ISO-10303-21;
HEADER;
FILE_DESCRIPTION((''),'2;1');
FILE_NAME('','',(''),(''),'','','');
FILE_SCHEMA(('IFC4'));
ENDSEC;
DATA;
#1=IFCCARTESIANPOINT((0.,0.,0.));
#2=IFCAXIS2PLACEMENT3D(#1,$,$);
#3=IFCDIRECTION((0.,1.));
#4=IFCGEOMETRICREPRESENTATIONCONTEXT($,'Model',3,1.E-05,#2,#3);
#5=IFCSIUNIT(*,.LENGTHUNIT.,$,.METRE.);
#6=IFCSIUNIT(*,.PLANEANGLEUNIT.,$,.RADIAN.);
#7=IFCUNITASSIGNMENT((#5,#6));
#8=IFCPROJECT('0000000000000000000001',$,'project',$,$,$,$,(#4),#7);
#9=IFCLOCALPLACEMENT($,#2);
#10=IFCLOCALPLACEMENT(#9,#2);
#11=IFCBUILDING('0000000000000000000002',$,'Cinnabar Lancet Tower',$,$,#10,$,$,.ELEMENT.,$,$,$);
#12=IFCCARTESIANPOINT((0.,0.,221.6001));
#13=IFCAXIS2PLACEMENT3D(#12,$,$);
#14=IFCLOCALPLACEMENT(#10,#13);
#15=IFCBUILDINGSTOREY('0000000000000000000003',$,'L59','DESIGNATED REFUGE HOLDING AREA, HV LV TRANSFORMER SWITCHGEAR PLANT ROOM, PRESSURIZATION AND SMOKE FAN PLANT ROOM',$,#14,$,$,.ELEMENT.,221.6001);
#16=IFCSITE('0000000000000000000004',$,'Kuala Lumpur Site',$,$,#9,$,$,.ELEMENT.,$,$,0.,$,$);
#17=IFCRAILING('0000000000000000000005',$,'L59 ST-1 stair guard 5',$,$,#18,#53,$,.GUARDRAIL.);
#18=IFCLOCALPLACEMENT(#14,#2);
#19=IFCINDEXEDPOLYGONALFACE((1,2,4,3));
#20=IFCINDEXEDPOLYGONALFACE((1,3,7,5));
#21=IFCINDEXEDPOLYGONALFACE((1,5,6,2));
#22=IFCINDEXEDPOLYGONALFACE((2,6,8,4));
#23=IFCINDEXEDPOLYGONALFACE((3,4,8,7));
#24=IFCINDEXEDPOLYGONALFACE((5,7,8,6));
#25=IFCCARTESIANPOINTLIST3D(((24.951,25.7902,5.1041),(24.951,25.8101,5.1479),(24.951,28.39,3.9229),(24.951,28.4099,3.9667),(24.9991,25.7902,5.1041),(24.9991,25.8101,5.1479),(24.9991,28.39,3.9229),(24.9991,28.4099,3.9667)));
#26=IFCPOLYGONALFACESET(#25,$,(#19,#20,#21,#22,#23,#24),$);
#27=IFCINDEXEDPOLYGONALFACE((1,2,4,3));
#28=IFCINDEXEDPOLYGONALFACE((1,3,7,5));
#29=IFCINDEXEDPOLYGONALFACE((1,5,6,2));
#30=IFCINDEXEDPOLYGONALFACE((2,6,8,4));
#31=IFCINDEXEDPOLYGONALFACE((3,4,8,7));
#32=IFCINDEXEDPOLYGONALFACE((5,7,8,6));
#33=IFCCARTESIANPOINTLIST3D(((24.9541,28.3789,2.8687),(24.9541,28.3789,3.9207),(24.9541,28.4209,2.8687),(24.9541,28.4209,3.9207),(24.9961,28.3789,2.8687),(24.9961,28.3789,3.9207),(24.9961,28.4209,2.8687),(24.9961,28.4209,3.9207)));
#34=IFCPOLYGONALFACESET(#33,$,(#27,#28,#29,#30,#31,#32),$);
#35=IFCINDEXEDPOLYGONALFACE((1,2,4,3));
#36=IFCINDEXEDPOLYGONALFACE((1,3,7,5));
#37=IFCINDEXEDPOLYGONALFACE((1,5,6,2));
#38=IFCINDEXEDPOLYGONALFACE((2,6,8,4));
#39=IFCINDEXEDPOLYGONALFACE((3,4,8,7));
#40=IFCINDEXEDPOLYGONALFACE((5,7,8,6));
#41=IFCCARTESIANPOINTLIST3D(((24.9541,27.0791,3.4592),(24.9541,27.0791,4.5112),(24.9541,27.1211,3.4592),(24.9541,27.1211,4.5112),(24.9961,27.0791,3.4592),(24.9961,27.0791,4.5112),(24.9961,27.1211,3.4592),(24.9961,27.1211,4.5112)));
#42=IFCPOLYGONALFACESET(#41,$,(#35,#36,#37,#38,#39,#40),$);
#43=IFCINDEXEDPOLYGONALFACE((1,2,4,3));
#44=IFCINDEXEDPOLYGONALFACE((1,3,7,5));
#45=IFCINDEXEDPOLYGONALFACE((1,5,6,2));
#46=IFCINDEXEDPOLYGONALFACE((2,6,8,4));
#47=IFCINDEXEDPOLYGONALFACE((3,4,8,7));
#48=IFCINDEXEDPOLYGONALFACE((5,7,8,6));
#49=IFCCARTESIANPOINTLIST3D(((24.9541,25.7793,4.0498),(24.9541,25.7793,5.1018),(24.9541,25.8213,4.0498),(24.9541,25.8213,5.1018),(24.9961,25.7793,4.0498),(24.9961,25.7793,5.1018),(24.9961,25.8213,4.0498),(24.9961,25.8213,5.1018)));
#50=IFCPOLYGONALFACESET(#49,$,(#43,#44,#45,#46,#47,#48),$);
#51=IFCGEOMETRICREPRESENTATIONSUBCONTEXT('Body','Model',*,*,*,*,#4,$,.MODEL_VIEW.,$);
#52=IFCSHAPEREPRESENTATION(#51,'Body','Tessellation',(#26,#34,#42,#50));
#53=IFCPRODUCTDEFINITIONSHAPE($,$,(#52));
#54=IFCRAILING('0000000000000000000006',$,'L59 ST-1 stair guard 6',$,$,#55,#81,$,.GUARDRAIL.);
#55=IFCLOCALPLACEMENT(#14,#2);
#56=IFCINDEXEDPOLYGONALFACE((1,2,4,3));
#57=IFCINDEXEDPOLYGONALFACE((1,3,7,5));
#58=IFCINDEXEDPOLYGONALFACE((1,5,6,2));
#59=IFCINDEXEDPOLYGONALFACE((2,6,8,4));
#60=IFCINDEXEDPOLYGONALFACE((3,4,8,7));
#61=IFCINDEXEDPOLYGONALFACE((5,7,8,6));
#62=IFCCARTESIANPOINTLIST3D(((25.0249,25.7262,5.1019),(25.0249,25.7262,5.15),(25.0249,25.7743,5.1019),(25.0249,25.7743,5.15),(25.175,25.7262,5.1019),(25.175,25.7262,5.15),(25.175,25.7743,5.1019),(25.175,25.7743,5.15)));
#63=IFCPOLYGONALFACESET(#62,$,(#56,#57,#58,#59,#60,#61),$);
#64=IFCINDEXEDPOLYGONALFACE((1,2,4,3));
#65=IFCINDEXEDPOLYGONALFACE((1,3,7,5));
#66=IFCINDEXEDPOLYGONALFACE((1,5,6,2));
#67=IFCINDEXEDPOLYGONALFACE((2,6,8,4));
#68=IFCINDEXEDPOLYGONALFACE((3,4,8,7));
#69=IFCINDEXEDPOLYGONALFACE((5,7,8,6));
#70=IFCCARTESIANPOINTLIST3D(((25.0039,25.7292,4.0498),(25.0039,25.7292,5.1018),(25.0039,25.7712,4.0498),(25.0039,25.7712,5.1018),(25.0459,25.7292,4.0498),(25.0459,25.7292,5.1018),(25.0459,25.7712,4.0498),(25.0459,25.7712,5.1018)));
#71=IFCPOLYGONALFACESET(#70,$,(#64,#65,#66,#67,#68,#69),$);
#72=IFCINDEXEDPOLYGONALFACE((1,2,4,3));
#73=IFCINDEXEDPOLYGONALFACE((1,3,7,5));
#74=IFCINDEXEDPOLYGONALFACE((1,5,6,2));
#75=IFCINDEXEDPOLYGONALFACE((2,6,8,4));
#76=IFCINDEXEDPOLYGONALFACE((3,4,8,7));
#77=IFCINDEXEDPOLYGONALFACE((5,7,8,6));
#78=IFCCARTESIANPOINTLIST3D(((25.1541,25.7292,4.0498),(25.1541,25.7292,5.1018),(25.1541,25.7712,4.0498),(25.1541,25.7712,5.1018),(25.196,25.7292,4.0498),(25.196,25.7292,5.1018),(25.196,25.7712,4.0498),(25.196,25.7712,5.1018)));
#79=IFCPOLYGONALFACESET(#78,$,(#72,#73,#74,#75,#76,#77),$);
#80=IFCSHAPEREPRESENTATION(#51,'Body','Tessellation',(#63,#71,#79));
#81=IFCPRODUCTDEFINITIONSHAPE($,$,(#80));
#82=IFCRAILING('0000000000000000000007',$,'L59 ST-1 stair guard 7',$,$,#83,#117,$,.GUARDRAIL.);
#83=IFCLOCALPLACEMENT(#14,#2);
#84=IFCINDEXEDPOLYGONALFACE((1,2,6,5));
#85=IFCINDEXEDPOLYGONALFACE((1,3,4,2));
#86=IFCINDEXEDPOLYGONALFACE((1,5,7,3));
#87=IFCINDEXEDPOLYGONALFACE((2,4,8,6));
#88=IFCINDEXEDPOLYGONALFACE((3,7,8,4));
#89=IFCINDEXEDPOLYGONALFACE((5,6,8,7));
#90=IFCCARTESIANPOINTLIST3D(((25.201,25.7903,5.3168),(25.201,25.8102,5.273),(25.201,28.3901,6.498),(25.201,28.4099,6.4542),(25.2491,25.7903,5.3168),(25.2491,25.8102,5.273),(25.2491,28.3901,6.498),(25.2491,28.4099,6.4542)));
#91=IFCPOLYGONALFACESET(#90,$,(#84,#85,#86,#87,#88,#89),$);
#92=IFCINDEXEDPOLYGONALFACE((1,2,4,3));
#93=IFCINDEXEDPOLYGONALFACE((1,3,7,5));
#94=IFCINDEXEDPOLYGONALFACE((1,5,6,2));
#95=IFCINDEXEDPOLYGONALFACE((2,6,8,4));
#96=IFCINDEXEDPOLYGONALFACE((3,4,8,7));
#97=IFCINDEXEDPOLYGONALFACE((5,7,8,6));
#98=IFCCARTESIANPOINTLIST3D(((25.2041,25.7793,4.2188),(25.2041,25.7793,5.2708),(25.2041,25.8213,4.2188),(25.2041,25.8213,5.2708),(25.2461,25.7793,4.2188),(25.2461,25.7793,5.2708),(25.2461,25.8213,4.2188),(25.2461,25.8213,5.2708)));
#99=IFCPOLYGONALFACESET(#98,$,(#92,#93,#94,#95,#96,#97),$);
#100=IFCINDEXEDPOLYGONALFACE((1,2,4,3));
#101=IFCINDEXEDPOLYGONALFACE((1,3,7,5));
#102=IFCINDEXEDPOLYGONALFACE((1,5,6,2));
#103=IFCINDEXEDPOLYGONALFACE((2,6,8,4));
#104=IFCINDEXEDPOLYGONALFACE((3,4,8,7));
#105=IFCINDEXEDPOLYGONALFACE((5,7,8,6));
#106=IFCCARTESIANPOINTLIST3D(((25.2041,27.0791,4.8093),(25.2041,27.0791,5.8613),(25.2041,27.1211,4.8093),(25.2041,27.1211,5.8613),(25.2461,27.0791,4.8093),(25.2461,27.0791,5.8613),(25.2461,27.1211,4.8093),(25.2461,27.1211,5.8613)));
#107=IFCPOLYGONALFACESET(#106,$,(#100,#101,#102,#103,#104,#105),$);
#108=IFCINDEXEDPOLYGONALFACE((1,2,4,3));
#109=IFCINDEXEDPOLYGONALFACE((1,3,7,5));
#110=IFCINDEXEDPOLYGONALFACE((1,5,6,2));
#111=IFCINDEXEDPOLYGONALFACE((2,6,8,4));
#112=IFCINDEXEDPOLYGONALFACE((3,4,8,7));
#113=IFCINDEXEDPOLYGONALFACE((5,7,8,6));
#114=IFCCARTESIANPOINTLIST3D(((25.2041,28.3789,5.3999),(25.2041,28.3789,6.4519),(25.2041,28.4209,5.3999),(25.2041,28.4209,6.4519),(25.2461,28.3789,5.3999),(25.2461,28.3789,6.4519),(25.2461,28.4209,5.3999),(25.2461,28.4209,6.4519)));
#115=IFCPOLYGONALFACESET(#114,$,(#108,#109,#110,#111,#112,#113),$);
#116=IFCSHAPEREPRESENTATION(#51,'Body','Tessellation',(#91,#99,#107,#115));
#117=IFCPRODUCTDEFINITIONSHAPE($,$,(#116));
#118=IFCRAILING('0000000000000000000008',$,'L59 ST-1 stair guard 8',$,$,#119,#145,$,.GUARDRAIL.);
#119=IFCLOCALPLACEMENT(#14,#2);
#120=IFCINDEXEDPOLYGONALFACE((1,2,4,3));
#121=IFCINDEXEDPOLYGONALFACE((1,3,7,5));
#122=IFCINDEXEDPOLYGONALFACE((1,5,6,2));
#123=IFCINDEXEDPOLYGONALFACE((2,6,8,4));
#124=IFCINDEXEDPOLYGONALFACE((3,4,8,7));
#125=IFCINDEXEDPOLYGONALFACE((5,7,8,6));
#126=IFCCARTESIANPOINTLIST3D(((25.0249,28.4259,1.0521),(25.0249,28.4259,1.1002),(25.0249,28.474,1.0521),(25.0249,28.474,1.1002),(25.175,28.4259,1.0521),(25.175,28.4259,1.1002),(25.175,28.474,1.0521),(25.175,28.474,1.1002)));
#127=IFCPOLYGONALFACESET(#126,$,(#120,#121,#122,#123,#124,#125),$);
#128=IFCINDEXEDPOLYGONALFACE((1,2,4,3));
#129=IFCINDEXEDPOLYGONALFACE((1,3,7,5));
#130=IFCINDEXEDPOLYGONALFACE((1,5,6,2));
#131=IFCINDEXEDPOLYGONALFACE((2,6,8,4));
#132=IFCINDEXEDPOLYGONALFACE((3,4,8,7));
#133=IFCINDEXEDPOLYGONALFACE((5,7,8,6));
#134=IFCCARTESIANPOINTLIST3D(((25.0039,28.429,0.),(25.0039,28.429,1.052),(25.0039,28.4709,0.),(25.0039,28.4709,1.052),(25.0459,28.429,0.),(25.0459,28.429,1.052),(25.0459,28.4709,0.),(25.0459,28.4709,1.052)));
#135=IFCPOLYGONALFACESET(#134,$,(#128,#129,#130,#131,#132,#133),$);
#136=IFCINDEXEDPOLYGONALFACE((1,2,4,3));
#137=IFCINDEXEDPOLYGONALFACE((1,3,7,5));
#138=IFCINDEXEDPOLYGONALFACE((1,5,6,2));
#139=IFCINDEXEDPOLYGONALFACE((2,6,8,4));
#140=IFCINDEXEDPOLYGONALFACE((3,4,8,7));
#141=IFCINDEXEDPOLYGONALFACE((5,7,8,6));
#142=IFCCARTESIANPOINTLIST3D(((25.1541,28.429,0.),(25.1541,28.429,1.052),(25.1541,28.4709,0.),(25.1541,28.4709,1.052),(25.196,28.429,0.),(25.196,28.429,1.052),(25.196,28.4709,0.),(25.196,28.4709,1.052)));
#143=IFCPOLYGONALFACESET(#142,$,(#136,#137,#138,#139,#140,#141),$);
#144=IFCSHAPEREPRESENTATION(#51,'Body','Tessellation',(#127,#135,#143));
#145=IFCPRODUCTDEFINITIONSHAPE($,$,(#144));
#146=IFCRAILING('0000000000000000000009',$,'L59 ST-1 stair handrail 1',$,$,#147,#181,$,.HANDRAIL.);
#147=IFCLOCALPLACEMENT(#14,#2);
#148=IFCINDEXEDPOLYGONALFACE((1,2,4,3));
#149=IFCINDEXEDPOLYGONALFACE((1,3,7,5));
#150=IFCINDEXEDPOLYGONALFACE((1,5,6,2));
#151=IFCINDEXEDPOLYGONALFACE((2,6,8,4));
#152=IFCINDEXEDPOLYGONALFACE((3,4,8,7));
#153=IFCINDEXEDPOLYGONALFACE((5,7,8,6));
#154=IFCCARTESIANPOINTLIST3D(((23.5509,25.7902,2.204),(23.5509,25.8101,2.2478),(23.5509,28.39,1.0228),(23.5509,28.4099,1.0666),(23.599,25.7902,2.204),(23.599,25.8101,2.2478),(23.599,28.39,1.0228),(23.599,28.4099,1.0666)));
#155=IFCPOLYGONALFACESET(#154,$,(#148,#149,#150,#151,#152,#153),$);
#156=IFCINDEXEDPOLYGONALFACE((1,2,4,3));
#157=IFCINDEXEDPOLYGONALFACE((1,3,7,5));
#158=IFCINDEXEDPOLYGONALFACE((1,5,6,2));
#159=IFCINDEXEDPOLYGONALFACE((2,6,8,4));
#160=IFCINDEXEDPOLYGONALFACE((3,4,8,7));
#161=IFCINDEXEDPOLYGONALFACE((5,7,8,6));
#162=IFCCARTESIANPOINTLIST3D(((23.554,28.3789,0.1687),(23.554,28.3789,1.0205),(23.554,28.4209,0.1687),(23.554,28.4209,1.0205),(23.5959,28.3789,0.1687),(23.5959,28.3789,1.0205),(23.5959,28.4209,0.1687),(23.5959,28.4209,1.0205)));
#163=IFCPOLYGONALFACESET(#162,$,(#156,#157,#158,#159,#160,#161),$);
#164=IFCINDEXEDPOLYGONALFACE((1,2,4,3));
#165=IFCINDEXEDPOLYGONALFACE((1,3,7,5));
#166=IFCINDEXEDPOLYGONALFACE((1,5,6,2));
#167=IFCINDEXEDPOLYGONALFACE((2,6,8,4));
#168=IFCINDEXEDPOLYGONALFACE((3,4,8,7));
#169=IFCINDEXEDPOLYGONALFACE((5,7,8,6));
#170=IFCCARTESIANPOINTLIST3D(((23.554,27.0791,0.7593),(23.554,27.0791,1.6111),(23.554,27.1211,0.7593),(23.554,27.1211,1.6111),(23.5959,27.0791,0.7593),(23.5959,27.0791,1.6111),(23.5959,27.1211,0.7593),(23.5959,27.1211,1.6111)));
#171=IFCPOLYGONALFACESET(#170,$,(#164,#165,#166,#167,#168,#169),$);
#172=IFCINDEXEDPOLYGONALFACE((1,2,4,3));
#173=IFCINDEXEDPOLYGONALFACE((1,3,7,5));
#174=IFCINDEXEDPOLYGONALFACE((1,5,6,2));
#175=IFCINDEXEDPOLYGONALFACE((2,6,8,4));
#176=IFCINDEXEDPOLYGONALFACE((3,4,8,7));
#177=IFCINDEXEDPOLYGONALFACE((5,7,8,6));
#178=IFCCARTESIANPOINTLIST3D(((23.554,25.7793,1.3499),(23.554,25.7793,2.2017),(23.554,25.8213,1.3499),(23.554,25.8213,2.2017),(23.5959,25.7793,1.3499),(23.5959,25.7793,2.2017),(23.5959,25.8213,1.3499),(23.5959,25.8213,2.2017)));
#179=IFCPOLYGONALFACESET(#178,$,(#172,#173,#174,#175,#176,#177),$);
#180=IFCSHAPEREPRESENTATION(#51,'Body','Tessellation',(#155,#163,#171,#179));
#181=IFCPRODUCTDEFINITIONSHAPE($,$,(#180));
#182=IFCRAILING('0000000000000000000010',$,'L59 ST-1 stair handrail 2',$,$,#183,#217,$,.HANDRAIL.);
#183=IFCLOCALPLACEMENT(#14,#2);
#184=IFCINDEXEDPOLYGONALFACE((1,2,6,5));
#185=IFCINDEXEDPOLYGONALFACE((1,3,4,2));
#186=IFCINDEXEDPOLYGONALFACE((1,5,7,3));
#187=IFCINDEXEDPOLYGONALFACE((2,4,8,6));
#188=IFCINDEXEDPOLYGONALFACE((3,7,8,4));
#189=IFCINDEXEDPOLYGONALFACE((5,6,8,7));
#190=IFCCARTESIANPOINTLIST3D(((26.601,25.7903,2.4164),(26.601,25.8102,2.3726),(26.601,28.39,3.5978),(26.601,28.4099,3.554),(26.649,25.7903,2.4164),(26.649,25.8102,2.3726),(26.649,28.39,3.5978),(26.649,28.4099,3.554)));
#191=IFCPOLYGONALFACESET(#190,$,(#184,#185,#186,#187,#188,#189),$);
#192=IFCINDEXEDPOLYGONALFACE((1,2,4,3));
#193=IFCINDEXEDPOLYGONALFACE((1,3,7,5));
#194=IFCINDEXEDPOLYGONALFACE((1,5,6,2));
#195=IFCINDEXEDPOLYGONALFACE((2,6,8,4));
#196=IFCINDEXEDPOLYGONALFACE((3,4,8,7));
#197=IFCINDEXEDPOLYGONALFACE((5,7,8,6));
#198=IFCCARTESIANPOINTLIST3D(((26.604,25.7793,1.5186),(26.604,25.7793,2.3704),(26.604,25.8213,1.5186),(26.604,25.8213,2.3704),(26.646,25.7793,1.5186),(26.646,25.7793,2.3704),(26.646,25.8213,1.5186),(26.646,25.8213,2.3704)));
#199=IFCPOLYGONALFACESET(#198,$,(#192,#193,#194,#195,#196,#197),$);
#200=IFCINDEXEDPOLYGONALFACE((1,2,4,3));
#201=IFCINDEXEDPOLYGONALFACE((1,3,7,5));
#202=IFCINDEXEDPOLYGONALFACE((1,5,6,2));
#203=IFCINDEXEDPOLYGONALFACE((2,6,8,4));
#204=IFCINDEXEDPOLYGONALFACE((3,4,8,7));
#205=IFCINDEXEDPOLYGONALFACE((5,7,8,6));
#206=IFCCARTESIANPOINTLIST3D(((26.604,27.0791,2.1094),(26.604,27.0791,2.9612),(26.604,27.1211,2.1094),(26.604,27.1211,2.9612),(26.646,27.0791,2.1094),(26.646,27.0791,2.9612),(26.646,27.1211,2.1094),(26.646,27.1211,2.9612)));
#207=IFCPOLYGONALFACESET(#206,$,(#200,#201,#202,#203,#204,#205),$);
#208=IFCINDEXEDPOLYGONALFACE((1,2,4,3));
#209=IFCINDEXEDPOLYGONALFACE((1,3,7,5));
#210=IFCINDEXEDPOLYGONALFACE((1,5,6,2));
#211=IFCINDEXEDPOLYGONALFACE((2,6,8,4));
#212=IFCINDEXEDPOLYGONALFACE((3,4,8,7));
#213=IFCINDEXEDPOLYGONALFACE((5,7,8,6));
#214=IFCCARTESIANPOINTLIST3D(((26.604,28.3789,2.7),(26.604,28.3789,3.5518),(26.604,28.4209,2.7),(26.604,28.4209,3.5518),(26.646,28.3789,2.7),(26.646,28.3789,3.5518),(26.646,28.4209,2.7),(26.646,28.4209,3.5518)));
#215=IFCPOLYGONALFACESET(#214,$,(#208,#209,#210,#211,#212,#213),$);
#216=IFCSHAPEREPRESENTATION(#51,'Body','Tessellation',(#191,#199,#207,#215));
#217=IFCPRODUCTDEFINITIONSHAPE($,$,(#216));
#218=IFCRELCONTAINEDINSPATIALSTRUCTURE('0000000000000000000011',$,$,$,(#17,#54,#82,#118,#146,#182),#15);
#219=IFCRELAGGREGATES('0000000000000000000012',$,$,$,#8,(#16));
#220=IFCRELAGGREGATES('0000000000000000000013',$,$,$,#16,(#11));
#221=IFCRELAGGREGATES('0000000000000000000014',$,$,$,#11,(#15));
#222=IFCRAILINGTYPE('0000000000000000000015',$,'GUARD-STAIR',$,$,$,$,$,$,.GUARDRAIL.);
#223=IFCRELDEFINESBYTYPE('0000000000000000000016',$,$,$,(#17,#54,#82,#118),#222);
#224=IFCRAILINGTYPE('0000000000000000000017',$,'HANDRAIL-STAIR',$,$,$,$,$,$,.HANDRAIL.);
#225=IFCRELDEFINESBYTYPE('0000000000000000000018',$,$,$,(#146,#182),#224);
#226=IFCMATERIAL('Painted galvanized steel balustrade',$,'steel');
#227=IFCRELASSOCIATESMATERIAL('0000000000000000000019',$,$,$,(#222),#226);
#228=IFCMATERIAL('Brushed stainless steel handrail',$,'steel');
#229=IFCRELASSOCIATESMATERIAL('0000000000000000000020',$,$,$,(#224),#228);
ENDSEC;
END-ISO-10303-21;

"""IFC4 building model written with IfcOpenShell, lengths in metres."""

from ifc_helpers import new_model, si_unit, direction, frame, origin, origin_2d, place, context, subcontext, project, spatial, rectangle, extrude, material, type_object, element, save


model = new_model("IFC4")

# Units and contexts
model_context = context("Model", 3, precision=1e-05, world=origin(), true_north=direction((0.0, 1.0)))
body_context = subcontext(model_context, "Body", "Model", "MODEL_VIEW")
ifc_project = project(units=[si_unit("LENGTHUNIT", "METRE"), si_unit("PLANEANGLEUNIT", "RADIAN")], contexts=[model_context])

# Site, building, storey
site_placement = place(None, origin())
site = spatial("IfcSite", under=ifc_project, at=site_placement, Name="Kuala Lumpur Site", CompositionType="ELEMENT", RefElevation=0.0)
building_placement = place(site_placement, origin())
building = spatial("IfcBuilding", under=site, at=building_placement, Name="Cinnabar Lancet Tower", CompositionType="ELEMENT")
storey_placement = place(building_placement, frame((0.0, 0.0, 221.6001)))
storey = spatial("IfcBuildingStorey", under=building, at=storey_placement, Name="L59", Description="DESIGNATED REFUGE HOLDING AREA, HV LV TRANSFORMER SWITCHGEAR PLANT ROOM, PRESSURIZATION AND SMOKE FAN PLANT ROOM", CompositionType="ELEMENT", Elevation=221.6001)

# Railings
ifc_material_1 = material(Name="Painted galvanized steel balustrade", Category="steel")
railing_type_1 = type_object("IfcRailingType", Name="GUARD-STAIR", PredefinedType="GUARDRAIL", material=ifc_material_1)
railing_1_placement = place(storey_placement, frame((24.9751, 28.3999, 2.8687)))
element("IfcRailing", 1, at=railing_1_placement, inside=storey, type_object=railing_type_1, Name="L59 ST-1 stair guard 5", PredefinedType="GUARDRAIL", context=body_context, shape_type="SweptSolid", body=[
    extrude(rectangle(XDim=0.0481, YDim=0.0481, at=origin_2d()), frame((0.0, 0.0, 1.0762), z_axis=(0.0, -0.910431, 0.413661), x_axis=(1.0, 0.0, 0.0)), (0.0, 0.0, 1.0), 2.8555),
    extrude(rectangle(XDim=0.042, YDim=0.042, at=origin_2d()), origin(), (0.0, 0.0, 1.0), 1.052),
    extrude(rectangle(XDim=0.042, YDim=0.042, at=origin_2d()), frame((0.0, -1.2998, 0.5906)), (0.0, 0.0, 1.0), 1.052),
    extrude(rectangle(XDim=0.042, YDim=0.042, at=origin_2d()), frame((0.0, -2.5996, 1.1812)), (0.0, 0.0, 1.0), 1.052),
])
railing_2_placement = place(storey_placement, frame((25.0249, 25.7502, 4.0498)))
element("IfcRailing", 2, at=railing_2_placement, inside=storey, type_object=railing_type_1, Name="L59 ST-1 stair guard 6", PredefinedType="GUARDRAIL", context=body_context, shape_type="SweptSolid", body=[
    extrude(rectangle(XDim=0.0481, YDim=0.0481, at=origin_2d()), frame((0.0, 0.0, 1.0762), z_axis=(1.0, 0.0, 0.0), x_axis=(0.0, 1.0, 0.0)), (0.0, 0.0, 1.0), 0.1501),
    extrude(rectangle(XDim=0.042, YDim=0.042, at=origin_2d()), origin(), (0.0, 0.0, 1.0), 1.052),
    extrude(rectangle(XDim=0.042, YDim=0.042, at=origin_2d()), frame((0.1501, 0.0, 0.0)), (0.0, 0.0, 1.0), 1.052),
])
railing_3_placement = place(storey_placement, frame((25.2251, 25.8003, 4.2188)))
element("IfcRailing", 3, at=railing_3_placement, inside=storey, type_object=railing_type_1, Name="L59 ST-1 stair guard 7", PredefinedType="GUARDRAIL", context=body_context, shape_type="SweptSolid", body=[
    extrude(rectangle(XDim=0.0481, YDim=0.0481, at=origin_2d()), frame((0.0, 0.0, 1.0762), z_axis=(0.0, 0.910431, 0.413661), x_axis=(-1.0, 0.0, 0.0)), (0.0, 0.0, 1.0), 2.8555),
    extrude(rectangle(XDim=0.042, YDim=0.042, at=origin_2d()), origin(), (0.0, 0.0, 1.0), 1.052),
    extrude(rectangle(XDim=0.042, YDim=0.042, at=origin_2d()), frame((0.0, 1.2998, 0.5906)), (0.0, 0.0, 1.0), 1.052),
    extrude(rectangle(XDim=0.042, YDim=0.042, at=origin_2d()), frame((0.0, 2.5996, 1.1812)), (0.0, 0.0, 1.0), 1.052),
])
railing_4_placement = place(storey_placement, frame((25.0249, 28.45, 0.0)))
element("IfcRailing", 4, at=railing_4_placement, inside=storey, type_object=railing_type_1, Name="L59 ST-1 stair guard 8", PredefinedType="GUARDRAIL", context=body_context, shape_type="SweptSolid", body=[
    extrude(rectangle(XDim=0.0481, YDim=0.0481, at=origin_2d()), frame((0.0, 0.0, 1.0762), z_axis=(1.0, 0.0, 0.0), x_axis=(0.0, 1.0, 0.0)), (0.0, 0.0, 1.0), 0.1501),
    extrude(rectangle(XDim=0.042, YDim=0.042, at=origin_2d()), origin(), (0.0, 0.0, 1.0), 1.052),
    extrude(rectangle(XDim=0.042, YDim=0.042, at=origin_2d()), frame((0.1501, 0.0, 0.0)), (0.0, 0.0, 1.0), 1.052),
])
ifc_material_2 = material(Name="Brushed stainless steel handrail", Category="steel")
railing_type_2 = type_object("IfcRailingType", Name="HANDRAIL-STAIR", PredefinedType="HANDRAIL", material=ifc_material_2)
railing_5_placement = place(storey_placement, frame((23.575, 28.3999, 0.1687)))
element("IfcRailing", 5, at=railing_5_placement, inside=storey, type_object=railing_type_2, Name="L59 ST-1 stair handrail 1", PredefinedType="HANDRAIL", context=body_context, shape_type="SweptSolid", body=[
    extrude(rectangle(XDim=0.0481, YDim=0.0481, at=origin_2d()), frame((0.0, 0.0, 0.876), z_axis=(0.0, -0.910431, 0.413661), x_axis=(1.0, 0.0, 0.0)), (0.0, 0.0, 1.0), 2.8555),
    extrude(rectangle(XDim=0.042, YDim=0.042, at=origin_2d()), origin(), (0.0, 0.0, 1.0), 0.8518),
    extrude(rectangle(XDim=0.042, YDim=0.042, at=origin_2d()), frame((0.0, -1.2998, 0.5906)), (0.0, 0.0, 1.0), 0.8518),
    extrude(rectangle(XDim=0.042, YDim=0.042, at=origin_2d()), frame((0.0, -2.5996, 1.1812)), (0.0, 0.0, 1.0), 0.8518),
])
railing_6_placement = place(storey_placement, frame((26.625, 25.8003, 1.5186)))
element("IfcRailing", 6, at=railing_6_placement, inside=storey, type_object=railing_type_2, Name="L59 ST-1 stair handrail 2", PredefinedType="HANDRAIL", context=body_context, shape_type="SweptSolid", body=[
    extrude(rectangle(XDim=0.0481, YDim=0.0481, at=origin_2d()), frame((0.0, 0.0, 0.876), z_axis=(0.0, 0.910399, 0.413732), x_axis=(-1.0, 0.0, 0.0)), (0.0, 0.0, 1.0), 2.8555),
    extrude(rectangle(XDim=0.042, YDim=0.042, at=origin_2d()), origin(), (0.0, 0.0, 1.0), 0.8518),
    extrude(rectangle(XDim=0.042, YDim=0.042, at=origin_2d()), frame((0.0, 1.2998, 0.5908)), (0.0, 0.0, 1.0), 0.8518),
    extrude(rectangle(XDim=0.042, YDim=0.042, at=origin_2d()), frame((0.0, 2.5996, 1.1814)), (0.0, 0.0, 1.0), 0.8518),
])

save(model, "model.ifc")
